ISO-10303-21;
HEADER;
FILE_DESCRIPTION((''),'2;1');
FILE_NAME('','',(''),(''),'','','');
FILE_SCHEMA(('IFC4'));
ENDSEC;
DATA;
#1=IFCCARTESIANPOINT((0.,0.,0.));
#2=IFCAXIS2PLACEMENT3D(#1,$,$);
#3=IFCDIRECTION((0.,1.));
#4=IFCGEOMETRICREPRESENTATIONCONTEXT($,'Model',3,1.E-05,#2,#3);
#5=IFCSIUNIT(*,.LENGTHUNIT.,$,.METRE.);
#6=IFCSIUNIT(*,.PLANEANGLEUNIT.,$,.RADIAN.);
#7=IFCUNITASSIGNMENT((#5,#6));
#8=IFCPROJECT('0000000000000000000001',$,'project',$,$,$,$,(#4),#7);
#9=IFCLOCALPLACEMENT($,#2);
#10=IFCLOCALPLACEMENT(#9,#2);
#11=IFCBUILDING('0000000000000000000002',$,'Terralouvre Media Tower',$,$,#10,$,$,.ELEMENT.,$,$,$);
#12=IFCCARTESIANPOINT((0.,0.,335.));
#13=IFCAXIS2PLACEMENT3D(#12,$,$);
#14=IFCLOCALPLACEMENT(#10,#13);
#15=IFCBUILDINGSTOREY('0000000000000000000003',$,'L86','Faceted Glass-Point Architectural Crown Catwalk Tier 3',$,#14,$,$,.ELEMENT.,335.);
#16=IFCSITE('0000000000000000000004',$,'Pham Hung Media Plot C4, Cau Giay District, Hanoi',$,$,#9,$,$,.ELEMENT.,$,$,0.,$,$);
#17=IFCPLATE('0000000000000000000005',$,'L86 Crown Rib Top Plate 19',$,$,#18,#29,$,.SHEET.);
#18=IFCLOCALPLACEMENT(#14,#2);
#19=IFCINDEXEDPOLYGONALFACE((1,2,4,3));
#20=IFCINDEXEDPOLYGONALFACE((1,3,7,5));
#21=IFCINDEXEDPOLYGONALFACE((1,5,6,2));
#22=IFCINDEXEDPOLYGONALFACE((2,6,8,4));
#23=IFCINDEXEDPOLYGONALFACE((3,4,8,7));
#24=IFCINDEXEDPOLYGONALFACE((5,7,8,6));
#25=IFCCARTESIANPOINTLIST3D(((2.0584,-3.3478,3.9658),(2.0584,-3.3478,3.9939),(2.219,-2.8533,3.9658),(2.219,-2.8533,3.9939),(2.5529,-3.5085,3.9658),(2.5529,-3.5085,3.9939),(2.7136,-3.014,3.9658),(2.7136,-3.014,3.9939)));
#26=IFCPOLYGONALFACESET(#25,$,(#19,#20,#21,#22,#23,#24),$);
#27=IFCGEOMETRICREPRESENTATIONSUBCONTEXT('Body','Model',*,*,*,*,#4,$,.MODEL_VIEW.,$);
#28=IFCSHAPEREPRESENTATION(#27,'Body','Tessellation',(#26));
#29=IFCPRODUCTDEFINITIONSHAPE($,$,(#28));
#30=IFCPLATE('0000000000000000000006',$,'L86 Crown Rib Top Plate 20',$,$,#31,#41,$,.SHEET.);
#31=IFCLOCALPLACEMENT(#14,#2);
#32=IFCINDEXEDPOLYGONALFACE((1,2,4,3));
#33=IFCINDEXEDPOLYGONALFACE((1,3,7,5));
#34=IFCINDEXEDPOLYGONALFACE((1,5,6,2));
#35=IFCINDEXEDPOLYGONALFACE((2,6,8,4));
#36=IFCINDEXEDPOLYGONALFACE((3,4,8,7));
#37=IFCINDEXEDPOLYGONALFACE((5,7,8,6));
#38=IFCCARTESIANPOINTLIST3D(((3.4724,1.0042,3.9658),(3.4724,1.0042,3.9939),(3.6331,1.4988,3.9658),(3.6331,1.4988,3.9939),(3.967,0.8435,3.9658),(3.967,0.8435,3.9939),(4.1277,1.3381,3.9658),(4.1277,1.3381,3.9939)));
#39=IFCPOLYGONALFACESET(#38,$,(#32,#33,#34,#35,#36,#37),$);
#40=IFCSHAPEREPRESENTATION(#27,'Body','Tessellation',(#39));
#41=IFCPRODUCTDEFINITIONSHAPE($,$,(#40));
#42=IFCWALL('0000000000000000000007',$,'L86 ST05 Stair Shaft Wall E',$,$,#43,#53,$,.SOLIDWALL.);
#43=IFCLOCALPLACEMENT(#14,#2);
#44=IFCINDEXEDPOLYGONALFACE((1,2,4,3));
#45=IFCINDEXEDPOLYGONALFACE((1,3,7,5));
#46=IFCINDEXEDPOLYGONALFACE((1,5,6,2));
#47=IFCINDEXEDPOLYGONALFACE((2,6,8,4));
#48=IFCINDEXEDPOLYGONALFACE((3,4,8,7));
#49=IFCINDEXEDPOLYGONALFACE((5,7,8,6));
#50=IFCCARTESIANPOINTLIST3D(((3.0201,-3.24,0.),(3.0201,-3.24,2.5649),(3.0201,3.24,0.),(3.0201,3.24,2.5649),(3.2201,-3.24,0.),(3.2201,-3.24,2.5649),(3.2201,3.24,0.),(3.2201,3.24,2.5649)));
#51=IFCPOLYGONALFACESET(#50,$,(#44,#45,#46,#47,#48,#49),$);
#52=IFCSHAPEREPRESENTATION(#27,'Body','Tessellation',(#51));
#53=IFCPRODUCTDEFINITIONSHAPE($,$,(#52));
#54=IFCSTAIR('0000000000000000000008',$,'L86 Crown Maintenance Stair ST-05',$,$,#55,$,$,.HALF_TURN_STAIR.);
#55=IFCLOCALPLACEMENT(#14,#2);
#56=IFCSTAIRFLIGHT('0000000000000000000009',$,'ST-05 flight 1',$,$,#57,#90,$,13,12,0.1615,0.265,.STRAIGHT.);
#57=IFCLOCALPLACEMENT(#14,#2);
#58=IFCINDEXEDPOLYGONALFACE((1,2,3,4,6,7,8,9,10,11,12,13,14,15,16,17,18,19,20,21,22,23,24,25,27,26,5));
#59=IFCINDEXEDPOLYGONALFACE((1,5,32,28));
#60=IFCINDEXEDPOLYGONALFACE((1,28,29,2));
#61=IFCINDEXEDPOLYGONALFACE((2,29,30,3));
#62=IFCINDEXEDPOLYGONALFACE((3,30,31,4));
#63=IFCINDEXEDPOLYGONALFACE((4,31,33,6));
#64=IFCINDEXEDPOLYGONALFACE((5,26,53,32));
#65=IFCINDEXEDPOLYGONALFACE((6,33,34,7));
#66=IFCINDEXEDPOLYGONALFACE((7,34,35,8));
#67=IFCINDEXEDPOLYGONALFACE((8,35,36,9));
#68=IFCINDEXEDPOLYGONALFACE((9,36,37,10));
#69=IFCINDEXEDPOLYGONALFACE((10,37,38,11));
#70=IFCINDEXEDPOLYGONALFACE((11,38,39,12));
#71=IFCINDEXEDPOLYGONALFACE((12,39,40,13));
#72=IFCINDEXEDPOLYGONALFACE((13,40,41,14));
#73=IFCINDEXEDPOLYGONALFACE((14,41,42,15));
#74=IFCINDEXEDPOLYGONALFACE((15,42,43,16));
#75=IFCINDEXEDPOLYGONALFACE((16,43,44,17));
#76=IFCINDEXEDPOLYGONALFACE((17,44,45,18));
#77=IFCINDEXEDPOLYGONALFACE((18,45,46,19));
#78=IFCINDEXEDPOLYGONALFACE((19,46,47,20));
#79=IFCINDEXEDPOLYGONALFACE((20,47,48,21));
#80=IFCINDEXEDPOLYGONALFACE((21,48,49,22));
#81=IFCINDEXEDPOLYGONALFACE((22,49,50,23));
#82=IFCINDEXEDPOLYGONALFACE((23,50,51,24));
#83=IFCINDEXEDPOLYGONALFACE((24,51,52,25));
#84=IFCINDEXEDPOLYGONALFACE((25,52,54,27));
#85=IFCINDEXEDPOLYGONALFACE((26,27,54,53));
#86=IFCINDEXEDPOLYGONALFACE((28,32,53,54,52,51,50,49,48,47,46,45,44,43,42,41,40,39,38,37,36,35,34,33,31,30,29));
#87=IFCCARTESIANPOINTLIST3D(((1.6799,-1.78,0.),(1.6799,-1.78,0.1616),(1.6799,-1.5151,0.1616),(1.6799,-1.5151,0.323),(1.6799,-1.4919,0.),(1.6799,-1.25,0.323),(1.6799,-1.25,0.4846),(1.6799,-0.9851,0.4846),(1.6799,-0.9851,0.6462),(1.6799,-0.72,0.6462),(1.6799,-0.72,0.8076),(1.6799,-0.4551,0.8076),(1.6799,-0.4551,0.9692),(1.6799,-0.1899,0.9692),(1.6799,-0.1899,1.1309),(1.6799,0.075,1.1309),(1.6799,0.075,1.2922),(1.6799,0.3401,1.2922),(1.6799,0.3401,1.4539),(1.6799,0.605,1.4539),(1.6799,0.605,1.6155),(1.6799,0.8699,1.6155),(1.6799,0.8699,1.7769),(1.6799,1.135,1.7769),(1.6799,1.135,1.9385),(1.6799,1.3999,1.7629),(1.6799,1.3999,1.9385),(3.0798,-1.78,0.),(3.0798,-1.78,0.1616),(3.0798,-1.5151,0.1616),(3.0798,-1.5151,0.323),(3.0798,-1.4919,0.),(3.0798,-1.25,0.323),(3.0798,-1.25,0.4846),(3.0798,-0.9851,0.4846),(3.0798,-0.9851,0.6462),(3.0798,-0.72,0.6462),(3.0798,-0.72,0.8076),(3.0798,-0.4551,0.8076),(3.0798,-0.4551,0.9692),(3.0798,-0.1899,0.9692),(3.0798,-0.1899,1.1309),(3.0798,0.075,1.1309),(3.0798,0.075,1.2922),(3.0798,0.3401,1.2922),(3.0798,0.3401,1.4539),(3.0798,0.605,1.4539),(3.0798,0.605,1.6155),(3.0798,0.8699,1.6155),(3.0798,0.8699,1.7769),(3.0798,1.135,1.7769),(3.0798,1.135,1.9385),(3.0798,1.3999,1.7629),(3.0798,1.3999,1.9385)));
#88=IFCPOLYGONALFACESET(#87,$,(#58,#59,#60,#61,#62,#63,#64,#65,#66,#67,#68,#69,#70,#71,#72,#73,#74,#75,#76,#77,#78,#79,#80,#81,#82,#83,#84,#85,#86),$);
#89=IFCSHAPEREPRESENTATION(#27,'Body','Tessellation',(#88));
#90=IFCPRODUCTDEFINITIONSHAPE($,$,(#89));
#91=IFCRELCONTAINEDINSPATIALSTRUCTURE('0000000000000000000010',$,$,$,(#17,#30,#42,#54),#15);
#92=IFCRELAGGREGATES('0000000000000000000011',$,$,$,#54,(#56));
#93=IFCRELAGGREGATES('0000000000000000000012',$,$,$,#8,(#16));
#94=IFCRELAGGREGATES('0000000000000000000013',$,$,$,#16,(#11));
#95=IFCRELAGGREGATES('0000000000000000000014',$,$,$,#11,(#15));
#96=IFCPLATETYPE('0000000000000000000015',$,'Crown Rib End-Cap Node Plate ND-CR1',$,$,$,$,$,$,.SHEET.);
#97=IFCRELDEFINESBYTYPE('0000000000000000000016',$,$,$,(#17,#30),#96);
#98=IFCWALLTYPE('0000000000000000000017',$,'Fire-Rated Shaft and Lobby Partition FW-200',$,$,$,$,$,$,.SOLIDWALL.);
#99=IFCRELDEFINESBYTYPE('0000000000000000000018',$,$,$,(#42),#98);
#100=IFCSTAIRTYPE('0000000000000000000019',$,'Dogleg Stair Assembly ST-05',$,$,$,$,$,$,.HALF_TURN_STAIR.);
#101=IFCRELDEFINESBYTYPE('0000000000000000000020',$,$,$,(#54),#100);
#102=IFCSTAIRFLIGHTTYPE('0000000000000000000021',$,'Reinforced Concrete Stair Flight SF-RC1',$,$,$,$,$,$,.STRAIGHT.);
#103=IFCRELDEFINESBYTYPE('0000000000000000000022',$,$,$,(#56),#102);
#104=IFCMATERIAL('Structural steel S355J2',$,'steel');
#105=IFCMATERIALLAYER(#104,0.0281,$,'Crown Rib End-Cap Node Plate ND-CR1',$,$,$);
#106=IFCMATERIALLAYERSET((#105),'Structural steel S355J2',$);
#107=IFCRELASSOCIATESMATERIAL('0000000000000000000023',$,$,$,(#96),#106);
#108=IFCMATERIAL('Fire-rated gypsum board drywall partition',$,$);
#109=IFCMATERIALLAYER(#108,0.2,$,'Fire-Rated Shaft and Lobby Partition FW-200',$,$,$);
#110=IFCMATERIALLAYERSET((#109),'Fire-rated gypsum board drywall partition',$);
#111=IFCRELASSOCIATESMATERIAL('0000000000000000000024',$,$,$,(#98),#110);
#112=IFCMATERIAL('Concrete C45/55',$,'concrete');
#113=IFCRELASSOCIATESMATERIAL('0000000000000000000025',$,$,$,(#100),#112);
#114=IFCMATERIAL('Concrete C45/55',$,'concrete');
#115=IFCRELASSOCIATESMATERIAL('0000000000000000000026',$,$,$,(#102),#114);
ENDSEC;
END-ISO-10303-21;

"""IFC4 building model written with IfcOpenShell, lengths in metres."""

from ifc_helpers import new_model, si_unit, direction, frame, frame_2d, origin, origin_2d, place, context, subcontext, project, spatial, polyline, rectangle, outline, extrude, material, layer, layer_set, type_object, element, aggregate, save


model = new_model("IFC4")

# Units and contexts
model_context = context("Model", 3, precision=1e-05, world=origin(), true_north=direction((0.0, 1.0)))
body_context = subcontext(model_context, "Body", "Model", "MODEL_VIEW")
ifc_project = project(units=[si_unit("LENGTHUNIT", "METRE"), si_unit("PLANEANGLEUNIT", "RADIAN")], contexts=[model_context])

# Site, building, storey
site_placement = place(None, origin())
site = spatial("IfcSite", under=ifc_project, at=site_placement, Name="Pham Hung Media Plot C4, Cau Giay District, Hanoi", CompositionType="ELEMENT", RefElevation=0.0)
building_placement = place(site_placement, origin())
building = spatial("IfcBuilding", under=site, at=building_placement, Name="Terralouvre Media Tower", CompositionType="ELEMENT")
storey_placement = place(building_placement, frame((0.0, 0.0, 335.0)))
storey = spatial("IfcBuildingStorey", under=building, at=storey_placement, Name="L86", Description="Faceted Glass-Point Architectural Crown Catwalk Tier 3", CompositionType="ELEMENT", Elevation=335.0)

# Plates
ifc_material_1 = material(Name="Structural steel S355J2", Category="steel")
ifc_layer_1 = layer(ifc_material_1, 0.0281, Name="Crown Rib End-Cap Node Plate ND-CR1")
ifc_layer_set_1 = layer_set([ifc_layer_1], Name="Structural steel S355J2")
plate_type_1 = type_object("IfcPlateType", Name="Crown Rib End-Cap Node Plate ND-CR1", PredefinedType="SHEET", material=ifc_layer_set_1)
for number, where, z_axis, x_axis, name in (
    (1, (2.386, -3.1809, 3.9658), (0.0, 0.0, 1.0), (0.309017, 0.951057, 0.0), "L86 Crown Rib Top Plate 19"),
    (2, (3.8, 1.1711, 3.9658), (0.0, 0.0, 1.0), (0.309017, 0.951057, 0.0), "L86 Crown Rib Top Plate 20"),
):
    element("IfcPlate", number, at=place(storey_placement, frame(where, z_axis=z_axis, x_axis=x_axis)), inside=storey, type_object=plate_type_1, Name=name, PredefinedType="SHEET", context=body_context, shape_type="SweptSolid", body=[
        extrude(rectangle(XDim=0.52, YDim=0.52, at=origin_2d()), origin(), (0.0, 0.0, 1.0), 0.0281),
    ])

# Wall
ifc_material_2 = material(Name="Fire-rated gypsum board drywall partition")
ifc_layer_2 = layer(ifc_material_2, 0.2, Name="Fire-Rated Shaft and Lobby Partition FW-200")
ifc_layer_set_2 = layer_set([ifc_layer_2], Name="Fire-rated gypsum board drywall partition")
wall_type = type_object("IfcWallType", Name="Fire-Rated Shaft and Lobby Partition FW-200", PredefinedType="SOLIDWALL", material=ifc_layer_set_2)
wall_placement = place(storey_placement, frame((3.1201, -3.24, 0.0), z_axis=(0.0, 0.0, 1.0), x_axis=(0.0, 1.0, 0.0)))
element("IfcWall", 3, at=wall_placement, inside=storey, type_object=wall_type, Name="L86 ST05 Stair Shaft Wall E", PredefinedType="SOLIDWALL", context=body_context, shape_type="SweptSolid", body=[
    extrude(rectangle(XDim=6.48, YDim=0.2, at=frame_2d((3.24, 0.0))), origin(), (0.0, 0.0, 1.0), 2.5649),
])

# Stair, stair flight
ifc_material_3 = material(Name="Concrete C45/55", Category="concrete")
stair_type = type_object("IfcStairType", Name="Dogleg Stair Assembly ST-05", PredefinedType="HALF_TURN_STAIR", material=ifc_material_3)
stair_placement = place(storey_placement, origin())
stair = element("IfcStair", 4, at=stair_placement, inside=storey, type_object=stair_type, Name="L86 Crown Maintenance Stair ST-05", PredefinedType="HALF_TURN_STAIR")
ifc_material_4 = material(Name="Concrete C45/55", Category="concrete")
stair_flight_type = type_object("IfcStairFlightType", Name="Reinforced Concrete Stair Flight SF-RC1", PredefinedType="STRAIGHT", material=ifc_material_4)
stair_flight_placement = place(storey_placement, frame((2.3799, -1.78, 0.0), z_axis=(0.0, 0.0, 1.0), x_axis=(0.0, 1.0, 0.0)))
stair_flight = element("IfcStairFlight", 5, at=stair_flight_placement, type_object=stair_flight_type, Name="ST-05 flight 1", NumberOfRisers=13, NumberOfTreads=12, PredefinedType="STRAIGHT", RiserHeight=0.1615, TreadLength=0.265, context=body_context, shape_type="SweptSolid", body=[
    extrude(outline(polyline([(0.0, 0.0), (0.0, 0.1616), (0.2649, 0.1616), (0.2649, 0.323), (0.53, 0.323), (0.53, 0.4846), (0.7949, 0.4846), (0.7949, 0.6462), (1.0601, 0.6462), (1.0601, 0.8076), (1.325, 0.8076), (1.325, 0.9692), (1.5901, 0.9692), (1.5901, 1.1309), (1.855, 1.1309), (1.855, 1.2922), (2.1201, 1.2922), (2.1201, 1.4539), (2.385, 1.4539), (2.385, 1.6155), (2.6499, 1.6155), (2.6499, 1.7769), (2.915, 1.7769), (2.915, 1.9385), (3.1799, 1.9385), (3.1799, 2.1001), (3.1799, 1.7629), (0.2881, 0.0), (0.0, 0.0)])), frame((0.0, 0.7, 0.0), z_axis=(0.0, -1.0, 0.0), x_axis=(1.0, 0.0, 0.0)), (0.0, 0.0, 1.0), 1.3999),
])
aggregate(stair, [stair_flight])

save(model, "model.ifc")
